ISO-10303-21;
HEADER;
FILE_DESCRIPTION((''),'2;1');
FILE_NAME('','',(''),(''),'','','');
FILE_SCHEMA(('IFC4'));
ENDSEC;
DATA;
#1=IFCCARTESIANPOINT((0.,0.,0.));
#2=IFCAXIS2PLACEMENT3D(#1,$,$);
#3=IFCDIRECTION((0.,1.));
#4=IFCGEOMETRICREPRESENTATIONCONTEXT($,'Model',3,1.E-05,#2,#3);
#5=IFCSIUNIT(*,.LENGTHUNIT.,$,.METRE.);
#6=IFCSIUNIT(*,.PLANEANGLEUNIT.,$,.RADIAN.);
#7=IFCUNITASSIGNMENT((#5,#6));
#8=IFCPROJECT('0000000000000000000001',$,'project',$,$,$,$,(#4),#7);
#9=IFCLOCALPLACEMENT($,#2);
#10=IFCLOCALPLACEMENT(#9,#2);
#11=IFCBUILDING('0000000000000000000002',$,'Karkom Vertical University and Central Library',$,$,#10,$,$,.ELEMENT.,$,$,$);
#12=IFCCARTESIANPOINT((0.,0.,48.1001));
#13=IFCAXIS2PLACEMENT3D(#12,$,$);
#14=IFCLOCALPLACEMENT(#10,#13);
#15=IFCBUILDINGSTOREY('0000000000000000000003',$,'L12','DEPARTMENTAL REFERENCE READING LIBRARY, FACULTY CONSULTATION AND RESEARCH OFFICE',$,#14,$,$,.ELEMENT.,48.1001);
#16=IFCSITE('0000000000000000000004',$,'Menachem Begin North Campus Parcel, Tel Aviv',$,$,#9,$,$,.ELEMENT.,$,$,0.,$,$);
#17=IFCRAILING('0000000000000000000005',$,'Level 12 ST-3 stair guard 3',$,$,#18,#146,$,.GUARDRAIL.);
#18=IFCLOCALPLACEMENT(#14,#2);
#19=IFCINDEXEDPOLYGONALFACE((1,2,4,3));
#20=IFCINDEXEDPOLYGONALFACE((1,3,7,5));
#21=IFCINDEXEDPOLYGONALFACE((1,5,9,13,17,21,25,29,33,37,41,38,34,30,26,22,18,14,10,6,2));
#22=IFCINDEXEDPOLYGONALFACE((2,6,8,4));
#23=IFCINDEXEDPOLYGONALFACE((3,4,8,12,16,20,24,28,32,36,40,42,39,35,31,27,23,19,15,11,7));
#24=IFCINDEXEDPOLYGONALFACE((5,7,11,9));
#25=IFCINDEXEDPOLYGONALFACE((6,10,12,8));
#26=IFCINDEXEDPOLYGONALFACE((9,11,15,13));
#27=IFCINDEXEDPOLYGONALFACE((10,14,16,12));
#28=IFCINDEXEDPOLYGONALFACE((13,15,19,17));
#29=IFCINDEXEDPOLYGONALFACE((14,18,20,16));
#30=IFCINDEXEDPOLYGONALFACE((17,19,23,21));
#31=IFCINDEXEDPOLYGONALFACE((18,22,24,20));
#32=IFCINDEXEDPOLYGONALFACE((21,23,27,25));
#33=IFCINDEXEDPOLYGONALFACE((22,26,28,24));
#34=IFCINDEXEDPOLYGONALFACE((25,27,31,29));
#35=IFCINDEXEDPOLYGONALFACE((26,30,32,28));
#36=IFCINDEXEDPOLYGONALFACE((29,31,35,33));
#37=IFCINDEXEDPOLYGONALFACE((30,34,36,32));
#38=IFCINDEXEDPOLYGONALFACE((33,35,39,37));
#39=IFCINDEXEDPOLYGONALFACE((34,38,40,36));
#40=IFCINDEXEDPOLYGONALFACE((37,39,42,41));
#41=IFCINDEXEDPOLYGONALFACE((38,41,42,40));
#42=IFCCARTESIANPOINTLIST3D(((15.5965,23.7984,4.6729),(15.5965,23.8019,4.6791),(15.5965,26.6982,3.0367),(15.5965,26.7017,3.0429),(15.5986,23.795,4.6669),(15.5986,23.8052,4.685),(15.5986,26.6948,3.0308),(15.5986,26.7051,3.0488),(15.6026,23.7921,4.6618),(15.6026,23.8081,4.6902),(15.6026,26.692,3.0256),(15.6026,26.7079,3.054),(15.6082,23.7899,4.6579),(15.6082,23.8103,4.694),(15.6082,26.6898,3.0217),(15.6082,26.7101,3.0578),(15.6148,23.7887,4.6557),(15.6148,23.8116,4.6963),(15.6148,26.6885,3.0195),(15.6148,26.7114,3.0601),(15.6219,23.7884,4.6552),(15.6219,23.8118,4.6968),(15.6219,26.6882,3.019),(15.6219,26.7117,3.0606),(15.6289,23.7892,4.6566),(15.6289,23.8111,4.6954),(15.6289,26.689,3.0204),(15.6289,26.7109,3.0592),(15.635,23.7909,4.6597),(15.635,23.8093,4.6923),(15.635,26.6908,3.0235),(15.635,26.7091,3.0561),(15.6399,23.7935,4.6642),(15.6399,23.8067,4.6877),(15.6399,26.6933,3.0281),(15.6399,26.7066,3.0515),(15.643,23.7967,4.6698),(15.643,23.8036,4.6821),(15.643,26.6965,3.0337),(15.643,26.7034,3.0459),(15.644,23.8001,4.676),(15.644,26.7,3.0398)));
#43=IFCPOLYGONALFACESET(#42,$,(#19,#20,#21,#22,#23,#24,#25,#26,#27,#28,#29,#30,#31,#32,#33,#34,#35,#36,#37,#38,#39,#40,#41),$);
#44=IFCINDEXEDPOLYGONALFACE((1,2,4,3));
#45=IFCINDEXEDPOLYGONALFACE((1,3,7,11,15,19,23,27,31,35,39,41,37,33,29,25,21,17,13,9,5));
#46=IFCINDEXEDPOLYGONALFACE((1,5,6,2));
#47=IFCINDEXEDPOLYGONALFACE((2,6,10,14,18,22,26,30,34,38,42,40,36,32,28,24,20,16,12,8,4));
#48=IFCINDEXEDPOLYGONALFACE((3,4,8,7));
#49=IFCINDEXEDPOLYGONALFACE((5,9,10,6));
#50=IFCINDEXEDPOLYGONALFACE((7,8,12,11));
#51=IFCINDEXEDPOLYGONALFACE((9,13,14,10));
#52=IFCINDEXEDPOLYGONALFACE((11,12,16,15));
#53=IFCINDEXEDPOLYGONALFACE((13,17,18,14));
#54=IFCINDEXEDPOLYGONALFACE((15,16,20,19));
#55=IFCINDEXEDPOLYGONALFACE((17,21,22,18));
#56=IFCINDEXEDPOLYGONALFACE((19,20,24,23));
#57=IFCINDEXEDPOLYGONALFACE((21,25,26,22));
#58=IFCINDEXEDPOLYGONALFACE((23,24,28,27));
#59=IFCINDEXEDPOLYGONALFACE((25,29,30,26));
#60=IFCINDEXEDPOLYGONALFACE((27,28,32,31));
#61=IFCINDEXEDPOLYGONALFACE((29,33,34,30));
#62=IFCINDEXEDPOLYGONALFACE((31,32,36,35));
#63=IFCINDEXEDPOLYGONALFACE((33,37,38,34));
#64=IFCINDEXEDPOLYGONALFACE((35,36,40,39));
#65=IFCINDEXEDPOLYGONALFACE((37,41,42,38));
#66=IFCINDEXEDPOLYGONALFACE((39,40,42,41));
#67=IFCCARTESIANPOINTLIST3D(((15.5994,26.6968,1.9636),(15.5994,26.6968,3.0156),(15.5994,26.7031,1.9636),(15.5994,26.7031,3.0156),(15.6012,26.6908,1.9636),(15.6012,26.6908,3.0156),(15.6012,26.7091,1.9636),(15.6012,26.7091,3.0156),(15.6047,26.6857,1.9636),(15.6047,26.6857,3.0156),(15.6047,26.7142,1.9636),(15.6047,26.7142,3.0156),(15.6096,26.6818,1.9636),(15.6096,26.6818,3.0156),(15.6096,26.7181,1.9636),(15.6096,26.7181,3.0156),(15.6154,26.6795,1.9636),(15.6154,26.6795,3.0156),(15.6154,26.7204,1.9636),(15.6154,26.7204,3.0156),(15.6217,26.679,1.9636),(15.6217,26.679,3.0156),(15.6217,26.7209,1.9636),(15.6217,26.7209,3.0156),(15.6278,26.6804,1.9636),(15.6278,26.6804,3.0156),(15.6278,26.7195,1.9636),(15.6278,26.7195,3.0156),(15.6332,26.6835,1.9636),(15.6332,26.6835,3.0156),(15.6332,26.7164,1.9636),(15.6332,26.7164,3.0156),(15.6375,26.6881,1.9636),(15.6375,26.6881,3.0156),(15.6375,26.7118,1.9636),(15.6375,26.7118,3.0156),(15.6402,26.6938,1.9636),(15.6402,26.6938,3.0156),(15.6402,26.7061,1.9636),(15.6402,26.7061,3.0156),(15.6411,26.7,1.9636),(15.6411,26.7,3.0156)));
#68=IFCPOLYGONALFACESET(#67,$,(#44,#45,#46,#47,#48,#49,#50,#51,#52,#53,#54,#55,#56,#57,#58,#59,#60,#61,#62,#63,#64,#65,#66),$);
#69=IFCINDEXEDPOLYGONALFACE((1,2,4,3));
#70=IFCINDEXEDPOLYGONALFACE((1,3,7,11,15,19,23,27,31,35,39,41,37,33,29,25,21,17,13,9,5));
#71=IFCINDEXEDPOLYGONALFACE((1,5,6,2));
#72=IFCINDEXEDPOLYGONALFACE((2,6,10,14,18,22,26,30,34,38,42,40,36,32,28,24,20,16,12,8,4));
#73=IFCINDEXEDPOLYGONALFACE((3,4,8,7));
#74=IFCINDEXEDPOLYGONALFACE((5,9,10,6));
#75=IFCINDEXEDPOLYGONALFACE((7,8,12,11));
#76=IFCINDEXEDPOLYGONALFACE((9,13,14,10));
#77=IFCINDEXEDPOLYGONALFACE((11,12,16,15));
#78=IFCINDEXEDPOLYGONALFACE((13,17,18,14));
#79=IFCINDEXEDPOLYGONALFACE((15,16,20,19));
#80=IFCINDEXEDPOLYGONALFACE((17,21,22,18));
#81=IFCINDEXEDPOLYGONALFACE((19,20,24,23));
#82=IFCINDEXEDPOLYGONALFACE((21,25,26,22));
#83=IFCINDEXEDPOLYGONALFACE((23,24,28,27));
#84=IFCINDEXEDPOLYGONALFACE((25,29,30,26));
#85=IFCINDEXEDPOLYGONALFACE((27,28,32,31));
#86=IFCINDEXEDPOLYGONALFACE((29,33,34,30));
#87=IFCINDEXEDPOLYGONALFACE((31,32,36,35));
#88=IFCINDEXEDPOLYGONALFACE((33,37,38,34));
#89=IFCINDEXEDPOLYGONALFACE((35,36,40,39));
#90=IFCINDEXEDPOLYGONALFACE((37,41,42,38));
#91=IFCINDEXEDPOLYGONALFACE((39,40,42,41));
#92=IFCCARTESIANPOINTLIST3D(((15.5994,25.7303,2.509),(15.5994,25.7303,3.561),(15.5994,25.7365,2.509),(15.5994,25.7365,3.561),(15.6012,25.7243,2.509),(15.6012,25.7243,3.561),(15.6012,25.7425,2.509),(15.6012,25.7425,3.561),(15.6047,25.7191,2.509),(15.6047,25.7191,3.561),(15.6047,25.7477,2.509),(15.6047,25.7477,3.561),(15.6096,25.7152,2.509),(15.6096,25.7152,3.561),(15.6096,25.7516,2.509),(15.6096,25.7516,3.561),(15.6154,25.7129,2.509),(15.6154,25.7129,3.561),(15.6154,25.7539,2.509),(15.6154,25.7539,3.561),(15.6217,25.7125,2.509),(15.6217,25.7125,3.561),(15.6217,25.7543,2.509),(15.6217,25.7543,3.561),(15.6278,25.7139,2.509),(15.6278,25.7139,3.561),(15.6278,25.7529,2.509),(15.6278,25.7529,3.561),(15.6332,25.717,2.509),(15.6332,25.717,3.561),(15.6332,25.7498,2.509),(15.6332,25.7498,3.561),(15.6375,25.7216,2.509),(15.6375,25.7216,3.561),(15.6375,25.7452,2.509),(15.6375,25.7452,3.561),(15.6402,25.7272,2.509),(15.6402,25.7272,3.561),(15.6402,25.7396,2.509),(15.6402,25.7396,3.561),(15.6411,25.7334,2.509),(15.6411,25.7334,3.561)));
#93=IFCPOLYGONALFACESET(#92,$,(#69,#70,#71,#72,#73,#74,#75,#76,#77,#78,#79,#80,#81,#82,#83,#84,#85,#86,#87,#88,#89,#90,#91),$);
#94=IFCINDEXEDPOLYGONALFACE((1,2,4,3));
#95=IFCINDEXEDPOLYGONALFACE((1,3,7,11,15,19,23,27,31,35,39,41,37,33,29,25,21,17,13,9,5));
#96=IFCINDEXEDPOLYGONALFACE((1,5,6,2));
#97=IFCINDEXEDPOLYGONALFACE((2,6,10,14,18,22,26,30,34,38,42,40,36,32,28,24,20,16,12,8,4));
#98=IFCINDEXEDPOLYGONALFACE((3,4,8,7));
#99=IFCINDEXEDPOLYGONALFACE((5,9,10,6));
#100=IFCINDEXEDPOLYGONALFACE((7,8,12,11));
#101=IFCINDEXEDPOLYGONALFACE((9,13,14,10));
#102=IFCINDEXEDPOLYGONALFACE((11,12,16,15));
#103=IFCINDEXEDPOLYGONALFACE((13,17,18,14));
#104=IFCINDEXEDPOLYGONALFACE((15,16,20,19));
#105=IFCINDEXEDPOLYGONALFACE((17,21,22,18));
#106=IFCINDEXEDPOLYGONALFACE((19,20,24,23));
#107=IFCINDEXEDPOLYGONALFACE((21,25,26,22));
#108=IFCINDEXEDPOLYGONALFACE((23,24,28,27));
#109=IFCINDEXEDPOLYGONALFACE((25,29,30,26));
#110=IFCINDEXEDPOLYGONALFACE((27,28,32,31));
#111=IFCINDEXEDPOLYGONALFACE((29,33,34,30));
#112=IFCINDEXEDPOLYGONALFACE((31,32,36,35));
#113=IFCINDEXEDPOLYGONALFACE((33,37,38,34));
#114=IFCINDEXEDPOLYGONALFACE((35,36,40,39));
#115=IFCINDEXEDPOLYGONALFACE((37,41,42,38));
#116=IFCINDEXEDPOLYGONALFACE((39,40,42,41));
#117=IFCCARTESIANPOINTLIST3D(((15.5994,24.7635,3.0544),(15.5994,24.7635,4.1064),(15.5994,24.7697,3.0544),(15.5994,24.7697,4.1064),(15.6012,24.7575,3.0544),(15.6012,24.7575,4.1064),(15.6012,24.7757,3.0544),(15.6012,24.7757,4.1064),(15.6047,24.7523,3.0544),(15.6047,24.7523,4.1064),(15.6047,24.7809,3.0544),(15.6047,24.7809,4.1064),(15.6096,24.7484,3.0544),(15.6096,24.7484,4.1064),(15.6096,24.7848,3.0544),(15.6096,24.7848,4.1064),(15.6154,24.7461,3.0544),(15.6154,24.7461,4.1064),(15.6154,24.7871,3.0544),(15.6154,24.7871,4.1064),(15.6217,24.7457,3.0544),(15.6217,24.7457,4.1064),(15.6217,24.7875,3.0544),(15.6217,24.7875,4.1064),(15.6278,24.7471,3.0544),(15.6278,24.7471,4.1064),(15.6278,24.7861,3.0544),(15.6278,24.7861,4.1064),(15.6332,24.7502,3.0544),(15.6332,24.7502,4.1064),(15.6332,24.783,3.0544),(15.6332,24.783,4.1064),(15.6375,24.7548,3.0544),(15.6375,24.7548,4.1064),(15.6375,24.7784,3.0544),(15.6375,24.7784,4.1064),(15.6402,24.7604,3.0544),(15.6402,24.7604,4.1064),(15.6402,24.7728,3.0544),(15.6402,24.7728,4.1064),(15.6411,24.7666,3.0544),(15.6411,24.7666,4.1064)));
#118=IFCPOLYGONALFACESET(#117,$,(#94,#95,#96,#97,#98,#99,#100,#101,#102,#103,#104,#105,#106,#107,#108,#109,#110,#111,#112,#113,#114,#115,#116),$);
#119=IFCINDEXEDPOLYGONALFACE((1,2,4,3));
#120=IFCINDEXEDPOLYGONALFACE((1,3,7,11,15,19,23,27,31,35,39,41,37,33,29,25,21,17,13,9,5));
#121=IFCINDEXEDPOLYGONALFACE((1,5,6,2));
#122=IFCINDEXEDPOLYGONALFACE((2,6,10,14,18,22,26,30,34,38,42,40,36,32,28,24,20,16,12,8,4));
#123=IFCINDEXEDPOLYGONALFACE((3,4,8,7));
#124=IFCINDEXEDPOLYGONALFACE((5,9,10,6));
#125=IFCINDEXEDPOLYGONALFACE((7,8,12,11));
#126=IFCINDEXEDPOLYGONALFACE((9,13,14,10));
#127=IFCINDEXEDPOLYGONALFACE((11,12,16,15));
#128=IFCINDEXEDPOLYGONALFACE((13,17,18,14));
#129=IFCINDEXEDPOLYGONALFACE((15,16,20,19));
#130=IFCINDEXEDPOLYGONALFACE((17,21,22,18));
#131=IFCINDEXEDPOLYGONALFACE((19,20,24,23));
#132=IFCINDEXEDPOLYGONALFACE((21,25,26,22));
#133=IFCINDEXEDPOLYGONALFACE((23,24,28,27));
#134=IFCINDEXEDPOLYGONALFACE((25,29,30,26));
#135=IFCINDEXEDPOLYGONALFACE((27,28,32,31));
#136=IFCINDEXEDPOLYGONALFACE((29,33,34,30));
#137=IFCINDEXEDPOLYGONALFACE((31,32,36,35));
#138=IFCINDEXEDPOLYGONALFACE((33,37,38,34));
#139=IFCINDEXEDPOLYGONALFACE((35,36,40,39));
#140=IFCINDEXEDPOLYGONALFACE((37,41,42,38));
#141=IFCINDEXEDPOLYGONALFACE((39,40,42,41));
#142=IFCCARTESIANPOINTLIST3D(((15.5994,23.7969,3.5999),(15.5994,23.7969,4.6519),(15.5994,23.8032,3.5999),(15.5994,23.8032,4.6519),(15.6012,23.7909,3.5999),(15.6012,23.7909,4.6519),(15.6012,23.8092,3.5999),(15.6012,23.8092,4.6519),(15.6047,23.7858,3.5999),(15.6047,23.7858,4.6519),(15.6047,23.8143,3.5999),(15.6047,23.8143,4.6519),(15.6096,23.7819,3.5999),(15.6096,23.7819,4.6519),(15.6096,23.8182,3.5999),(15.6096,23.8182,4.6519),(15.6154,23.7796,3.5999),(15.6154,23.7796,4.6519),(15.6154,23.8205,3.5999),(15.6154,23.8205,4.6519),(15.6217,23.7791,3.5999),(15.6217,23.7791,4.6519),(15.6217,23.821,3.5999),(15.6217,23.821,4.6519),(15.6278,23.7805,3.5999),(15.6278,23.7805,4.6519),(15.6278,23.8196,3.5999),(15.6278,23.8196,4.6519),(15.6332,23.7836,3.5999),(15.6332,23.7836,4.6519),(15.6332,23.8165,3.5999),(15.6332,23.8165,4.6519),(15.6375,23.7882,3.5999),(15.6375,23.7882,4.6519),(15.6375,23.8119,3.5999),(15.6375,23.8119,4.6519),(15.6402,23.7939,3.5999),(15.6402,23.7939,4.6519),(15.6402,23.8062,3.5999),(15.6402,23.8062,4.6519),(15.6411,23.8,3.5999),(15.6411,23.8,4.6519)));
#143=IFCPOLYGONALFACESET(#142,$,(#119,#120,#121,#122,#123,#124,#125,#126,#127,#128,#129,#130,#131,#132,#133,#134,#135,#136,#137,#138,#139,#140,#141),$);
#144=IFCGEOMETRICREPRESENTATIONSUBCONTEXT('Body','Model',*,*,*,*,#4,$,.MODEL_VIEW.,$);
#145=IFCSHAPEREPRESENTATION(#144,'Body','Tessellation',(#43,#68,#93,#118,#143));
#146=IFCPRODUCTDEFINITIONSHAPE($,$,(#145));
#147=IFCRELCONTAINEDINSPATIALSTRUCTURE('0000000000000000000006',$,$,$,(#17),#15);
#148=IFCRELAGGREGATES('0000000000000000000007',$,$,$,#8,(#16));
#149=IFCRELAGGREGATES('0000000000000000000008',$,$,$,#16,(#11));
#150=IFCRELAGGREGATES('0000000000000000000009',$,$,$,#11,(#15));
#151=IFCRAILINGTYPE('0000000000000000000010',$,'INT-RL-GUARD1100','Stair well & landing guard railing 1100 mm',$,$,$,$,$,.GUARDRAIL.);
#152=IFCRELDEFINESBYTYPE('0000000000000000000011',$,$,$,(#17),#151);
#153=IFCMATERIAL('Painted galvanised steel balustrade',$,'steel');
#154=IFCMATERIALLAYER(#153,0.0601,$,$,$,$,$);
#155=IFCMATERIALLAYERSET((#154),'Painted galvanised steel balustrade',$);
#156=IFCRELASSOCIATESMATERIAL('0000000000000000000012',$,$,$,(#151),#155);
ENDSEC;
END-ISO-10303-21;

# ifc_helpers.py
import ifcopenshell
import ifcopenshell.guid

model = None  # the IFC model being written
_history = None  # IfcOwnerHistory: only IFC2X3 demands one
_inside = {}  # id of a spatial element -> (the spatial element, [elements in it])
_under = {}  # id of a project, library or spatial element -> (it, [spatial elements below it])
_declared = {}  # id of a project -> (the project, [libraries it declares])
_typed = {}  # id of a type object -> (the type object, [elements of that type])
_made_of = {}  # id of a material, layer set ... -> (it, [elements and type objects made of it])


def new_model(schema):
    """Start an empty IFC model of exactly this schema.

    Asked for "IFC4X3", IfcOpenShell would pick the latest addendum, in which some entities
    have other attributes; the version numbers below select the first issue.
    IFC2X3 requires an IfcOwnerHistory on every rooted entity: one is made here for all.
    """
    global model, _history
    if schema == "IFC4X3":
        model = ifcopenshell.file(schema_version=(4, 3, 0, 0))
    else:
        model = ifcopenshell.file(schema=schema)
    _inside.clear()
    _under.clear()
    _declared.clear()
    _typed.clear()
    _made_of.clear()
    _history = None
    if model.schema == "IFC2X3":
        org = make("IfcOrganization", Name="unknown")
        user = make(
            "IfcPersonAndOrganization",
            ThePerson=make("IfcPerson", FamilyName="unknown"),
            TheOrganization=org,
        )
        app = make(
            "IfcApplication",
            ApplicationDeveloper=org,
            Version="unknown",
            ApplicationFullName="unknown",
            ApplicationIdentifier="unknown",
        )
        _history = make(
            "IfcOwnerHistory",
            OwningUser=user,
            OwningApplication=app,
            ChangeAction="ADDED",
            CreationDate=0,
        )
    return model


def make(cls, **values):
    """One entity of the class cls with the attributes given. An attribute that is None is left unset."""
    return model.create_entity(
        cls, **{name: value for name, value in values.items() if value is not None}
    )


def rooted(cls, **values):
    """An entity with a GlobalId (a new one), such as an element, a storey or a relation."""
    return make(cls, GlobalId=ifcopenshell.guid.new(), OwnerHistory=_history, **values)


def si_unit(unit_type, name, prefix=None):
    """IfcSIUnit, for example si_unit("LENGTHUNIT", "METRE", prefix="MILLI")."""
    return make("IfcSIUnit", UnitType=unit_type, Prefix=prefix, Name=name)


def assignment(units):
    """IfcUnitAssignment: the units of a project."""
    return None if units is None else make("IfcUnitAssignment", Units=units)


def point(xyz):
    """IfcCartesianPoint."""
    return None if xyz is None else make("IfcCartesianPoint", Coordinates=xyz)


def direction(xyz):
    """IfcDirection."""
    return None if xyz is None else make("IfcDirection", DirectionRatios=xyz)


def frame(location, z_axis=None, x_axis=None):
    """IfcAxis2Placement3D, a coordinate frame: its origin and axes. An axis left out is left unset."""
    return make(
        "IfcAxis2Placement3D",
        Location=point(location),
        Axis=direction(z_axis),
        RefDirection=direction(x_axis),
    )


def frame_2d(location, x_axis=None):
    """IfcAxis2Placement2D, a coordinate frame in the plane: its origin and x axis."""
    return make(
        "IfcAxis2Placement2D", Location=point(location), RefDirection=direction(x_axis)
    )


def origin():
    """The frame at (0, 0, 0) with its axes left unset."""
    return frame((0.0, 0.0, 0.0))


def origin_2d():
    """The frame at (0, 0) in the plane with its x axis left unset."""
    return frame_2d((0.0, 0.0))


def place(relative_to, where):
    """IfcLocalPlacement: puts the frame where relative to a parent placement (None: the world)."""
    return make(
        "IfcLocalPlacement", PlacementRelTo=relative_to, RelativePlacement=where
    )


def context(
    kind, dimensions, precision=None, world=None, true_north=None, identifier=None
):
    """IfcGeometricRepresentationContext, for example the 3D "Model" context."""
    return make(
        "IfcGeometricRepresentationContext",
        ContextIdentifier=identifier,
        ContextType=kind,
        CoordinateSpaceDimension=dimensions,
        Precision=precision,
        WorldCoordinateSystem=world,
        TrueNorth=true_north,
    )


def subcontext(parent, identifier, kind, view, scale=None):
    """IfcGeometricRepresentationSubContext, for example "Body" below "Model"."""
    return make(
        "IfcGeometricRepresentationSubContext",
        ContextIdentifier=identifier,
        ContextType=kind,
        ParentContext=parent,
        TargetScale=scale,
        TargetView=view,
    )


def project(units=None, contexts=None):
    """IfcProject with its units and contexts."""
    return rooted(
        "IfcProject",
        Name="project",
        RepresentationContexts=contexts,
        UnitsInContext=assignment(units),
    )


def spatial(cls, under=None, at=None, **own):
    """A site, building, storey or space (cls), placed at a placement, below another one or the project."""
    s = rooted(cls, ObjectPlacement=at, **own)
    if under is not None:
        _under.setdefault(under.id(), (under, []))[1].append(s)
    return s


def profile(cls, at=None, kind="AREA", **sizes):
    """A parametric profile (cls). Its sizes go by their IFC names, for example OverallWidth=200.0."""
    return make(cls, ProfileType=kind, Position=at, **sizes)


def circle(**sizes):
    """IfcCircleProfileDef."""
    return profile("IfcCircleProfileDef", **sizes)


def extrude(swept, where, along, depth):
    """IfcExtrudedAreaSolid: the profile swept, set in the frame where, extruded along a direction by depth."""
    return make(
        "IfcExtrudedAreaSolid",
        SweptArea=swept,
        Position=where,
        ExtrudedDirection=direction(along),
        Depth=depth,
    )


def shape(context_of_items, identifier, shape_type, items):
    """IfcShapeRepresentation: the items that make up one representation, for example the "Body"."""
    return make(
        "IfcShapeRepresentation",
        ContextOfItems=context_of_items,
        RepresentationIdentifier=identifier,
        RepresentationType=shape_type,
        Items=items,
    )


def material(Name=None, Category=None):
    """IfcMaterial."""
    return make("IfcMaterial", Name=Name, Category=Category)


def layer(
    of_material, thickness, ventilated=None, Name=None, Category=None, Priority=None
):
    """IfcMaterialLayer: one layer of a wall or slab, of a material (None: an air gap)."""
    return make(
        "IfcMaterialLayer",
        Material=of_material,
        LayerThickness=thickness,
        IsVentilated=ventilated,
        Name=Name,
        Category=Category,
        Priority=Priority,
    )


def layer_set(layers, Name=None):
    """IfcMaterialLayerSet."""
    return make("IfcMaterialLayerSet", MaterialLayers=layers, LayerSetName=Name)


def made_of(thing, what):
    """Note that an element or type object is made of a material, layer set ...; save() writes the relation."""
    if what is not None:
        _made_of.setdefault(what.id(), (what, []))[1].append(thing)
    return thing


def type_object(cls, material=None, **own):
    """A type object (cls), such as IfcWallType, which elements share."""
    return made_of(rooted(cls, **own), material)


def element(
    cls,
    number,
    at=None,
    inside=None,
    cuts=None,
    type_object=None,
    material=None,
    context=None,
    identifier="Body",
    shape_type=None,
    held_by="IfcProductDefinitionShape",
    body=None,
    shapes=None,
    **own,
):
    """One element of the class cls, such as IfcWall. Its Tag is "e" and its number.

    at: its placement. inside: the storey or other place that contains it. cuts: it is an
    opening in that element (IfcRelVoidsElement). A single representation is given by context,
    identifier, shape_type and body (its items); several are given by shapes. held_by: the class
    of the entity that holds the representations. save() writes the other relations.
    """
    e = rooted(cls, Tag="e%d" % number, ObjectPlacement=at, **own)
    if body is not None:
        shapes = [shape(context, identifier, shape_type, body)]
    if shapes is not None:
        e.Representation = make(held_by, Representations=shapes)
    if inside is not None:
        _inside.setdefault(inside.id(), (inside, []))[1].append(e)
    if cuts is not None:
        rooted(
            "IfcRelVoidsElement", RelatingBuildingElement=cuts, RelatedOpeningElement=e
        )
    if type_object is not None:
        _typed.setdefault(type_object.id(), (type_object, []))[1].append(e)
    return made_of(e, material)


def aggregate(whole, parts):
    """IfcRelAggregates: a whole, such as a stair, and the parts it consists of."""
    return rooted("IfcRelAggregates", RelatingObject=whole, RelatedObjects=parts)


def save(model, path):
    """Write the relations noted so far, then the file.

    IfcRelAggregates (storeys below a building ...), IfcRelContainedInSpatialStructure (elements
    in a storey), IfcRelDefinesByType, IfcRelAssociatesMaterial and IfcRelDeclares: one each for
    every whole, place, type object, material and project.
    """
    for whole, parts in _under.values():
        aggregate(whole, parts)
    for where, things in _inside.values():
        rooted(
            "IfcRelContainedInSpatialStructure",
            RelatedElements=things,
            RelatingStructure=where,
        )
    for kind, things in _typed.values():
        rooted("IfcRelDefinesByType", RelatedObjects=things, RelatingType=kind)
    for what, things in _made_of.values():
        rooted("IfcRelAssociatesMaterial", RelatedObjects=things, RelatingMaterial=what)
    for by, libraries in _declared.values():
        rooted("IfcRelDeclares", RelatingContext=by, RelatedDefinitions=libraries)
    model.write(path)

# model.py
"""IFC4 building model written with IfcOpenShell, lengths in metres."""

from ifc_helpers import new_model, si_unit, direction, frame, origin, origin_2d, place, context, subcontext, project, spatial, circle, extrude, material, layer, layer_set, type_object, element, save


model = new_model("IFC4")

# Units and contexts
model_context = context("Model", 3, precision=1e-05, world=origin(), true_north=direction((0.0, 1.0)))
body_context = subcontext(model_context, "Body", "Model", "MODEL_VIEW")
ifc_project = project(units=[si_unit("LENGTHUNIT", "METRE"), si_unit("PLANEANGLEUNIT", "RADIAN")], contexts=[model_context])

# Site, building, storey
site_placement = place(None, origin())
site = spatial("IfcSite", under=ifc_project, at=site_placement, Name="Menachem Begin North Campus Parcel, Tel Aviv", CompositionType="ELEMENT", RefElevation=0.0)
building_placement = place(site_placement, origin())
building = spatial("IfcBuilding", under=site, at=building_placement, Name="Karkom Vertical University and Central Library", CompositionType="ELEMENT")
storey_placement = place(building_placement, frame((0.0, 0.0, 48.1001)))
storey = spatial("IfcBuildingStorey", under=building, at=storey_placement, Name="L12", Description="DEPARTMENTAL REFERENCE READING LIBRARY, FACULTY CONSULTATION AND RESEARCH OFFICE", CompositionType="ELEMENT", Elevation=48.1001)

# Railing
ifc_material_1 = material(Name="Painted galvanised steel balustrade", Category="steel")
ifc_layer_1 = layer(ifc_material_1, 0.0601)
ifc_layer_set_1 = layer_set([ifc_layer_1], Name="Painted galvanised steel balustrade")
railing_type_1 = type_object("IfcRailingType", Name="INT-RL-GUARD1100", Description="Stair well & landing guard railing 1100 mm", PredefinedType="GUARDRAIL", material=ifc_layer_set_1)
railing_1_placement = place(storey_placement, frame((15.6201, 26.7, 1.9636)))
element("IfcRailing", 1, at=railing_1_placement, inside=storey, type_object=railing_type_1, Name="Level 12 ST-3 stair guard 3", PredefinedType="GUARDRAIL", context=body_context, shape_type="SweptSolid", body=[
    extrude(circle(Radius=0.0239, at=origin_2d()), frame((0.0, 0.0, 1.0762), z_axis=(0.0, -0.870929, 0.49141), x_axis=(1.0, 0.0, 0.0)), (0.0, 0.0, 1.0), 3.3296),
    extrude(circle(Radius=0.021, at=origin_2d()), origin(), (0.0, 0.0, 1.0), 1.052),
    extrude(circle(Radius=0.021, at=origin_2d()), frame((0.0, -0.9666, 0.5454)), (0.0, 0.0, 1.0), 1.052),
    extrude(circle(Radius=0.021, at=origin_2d()), frame((0.0, -1.9333, 1.0908)), (0.0, 0.0, 1.0), 1.052),
    extrude(circle(Radius=0.021, at=origin_2d()), frame((0.0, -2.8999, 1.6362)), (0.0, 0.0, 1.0), 1.052),
])

save(model, "model.ifc")
